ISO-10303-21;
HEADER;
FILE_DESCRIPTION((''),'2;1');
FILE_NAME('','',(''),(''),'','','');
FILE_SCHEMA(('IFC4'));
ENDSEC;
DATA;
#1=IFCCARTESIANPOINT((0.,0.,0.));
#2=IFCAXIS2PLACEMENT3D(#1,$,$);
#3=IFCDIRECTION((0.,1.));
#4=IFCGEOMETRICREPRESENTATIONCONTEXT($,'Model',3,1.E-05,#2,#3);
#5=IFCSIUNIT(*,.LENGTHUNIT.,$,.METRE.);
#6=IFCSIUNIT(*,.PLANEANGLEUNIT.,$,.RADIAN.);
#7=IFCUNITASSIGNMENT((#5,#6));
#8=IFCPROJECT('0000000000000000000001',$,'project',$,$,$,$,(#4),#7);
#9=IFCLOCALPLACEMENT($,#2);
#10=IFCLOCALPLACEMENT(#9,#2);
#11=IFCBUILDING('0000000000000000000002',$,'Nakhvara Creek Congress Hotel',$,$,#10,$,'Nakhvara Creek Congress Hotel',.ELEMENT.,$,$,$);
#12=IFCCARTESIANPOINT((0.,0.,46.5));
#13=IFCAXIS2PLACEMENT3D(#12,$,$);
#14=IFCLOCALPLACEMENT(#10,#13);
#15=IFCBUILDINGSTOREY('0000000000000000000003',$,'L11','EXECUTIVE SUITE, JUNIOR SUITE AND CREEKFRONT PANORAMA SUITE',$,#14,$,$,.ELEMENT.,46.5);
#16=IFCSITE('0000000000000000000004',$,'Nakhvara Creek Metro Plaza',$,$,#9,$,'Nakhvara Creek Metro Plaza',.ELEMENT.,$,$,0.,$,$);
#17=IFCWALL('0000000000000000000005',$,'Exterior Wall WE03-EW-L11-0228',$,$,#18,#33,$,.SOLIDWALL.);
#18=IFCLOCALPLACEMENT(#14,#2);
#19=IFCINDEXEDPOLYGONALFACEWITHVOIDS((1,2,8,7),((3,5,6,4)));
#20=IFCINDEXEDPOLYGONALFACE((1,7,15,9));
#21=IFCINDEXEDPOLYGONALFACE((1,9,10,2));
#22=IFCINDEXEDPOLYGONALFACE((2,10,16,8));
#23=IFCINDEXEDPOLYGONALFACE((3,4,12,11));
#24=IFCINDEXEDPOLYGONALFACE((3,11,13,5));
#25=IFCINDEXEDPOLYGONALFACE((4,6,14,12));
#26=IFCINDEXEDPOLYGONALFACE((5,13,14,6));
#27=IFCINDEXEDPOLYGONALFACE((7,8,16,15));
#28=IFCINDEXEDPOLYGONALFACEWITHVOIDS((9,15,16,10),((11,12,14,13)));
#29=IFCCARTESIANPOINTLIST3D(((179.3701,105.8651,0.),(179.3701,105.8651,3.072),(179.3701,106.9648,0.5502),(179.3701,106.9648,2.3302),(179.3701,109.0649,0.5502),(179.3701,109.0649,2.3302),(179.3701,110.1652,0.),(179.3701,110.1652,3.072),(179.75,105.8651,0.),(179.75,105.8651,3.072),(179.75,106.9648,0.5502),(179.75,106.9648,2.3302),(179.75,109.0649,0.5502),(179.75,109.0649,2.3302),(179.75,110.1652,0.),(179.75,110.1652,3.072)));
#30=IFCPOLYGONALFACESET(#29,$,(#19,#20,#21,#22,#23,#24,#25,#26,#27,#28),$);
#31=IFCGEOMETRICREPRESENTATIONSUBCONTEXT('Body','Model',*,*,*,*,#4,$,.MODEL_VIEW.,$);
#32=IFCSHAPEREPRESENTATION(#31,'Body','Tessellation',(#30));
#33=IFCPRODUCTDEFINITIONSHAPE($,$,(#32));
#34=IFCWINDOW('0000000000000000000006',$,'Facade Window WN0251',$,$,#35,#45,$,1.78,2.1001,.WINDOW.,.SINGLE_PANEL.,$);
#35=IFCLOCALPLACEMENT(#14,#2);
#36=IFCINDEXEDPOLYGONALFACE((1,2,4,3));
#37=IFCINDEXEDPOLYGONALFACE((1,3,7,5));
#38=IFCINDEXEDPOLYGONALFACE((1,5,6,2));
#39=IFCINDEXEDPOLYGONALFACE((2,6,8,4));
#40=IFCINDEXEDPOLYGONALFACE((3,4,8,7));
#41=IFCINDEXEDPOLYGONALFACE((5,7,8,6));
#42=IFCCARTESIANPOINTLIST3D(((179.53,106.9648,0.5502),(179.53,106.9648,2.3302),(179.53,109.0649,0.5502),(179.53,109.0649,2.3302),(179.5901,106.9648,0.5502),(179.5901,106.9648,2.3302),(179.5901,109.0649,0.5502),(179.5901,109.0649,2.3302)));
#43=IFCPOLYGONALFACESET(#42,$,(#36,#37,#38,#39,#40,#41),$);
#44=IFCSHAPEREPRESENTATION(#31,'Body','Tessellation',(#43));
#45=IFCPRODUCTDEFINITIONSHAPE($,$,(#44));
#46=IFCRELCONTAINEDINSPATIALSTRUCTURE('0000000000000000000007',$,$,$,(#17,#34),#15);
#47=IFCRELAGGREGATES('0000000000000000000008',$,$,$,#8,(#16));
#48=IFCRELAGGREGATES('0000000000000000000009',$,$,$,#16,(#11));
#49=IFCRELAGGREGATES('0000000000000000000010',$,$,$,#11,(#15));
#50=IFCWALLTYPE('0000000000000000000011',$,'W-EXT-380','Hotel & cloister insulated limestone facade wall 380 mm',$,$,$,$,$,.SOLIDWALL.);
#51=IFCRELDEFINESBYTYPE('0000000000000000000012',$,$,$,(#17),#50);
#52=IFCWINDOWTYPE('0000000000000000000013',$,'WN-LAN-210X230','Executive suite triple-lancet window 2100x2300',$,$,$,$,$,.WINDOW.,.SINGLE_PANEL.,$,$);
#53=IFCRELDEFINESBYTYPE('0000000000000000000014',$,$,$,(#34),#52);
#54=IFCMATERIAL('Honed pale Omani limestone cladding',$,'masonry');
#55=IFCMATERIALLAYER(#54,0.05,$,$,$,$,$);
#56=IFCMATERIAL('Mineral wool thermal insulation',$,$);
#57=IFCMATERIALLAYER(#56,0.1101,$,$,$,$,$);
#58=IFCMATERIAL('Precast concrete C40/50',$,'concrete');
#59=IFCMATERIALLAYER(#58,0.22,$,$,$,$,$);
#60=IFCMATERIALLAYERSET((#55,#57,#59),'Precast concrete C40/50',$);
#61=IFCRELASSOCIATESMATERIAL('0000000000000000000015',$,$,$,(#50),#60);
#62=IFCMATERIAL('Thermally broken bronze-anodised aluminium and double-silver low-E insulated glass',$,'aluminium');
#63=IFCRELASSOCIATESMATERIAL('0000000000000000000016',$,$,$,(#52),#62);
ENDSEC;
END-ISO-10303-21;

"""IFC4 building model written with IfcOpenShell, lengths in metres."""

from ifc_helpers import new_model, si_unit, direction, frame, frame_2d, origin, place, context, subcontext, project, spatial, rectangle, extrude, material, layer, layer_set, type_object, element, fill, save


model = new_model("IFC4")

# Units and contexts
model_context = context("Model", 3, precision=1e-05, world=origin(), true_north=direction((0.0, 1.0)))
body_context = subcontext(model_context, "Body", "Model", "MODEL_VIEW")
ifc_project = project(units=[si_unit("LENGTHUNIT", "METRE"), si_unit("PLANEANGLEUNIT", "RADIAN")], contexts=[model_context])

# Site, building, storey
site_placement = place(None, origin())
site = spatial("IfcSite", under=ifc_project, at=site_placement, Name="Nakhvara Creek Metro Plaza", LongName="Nakhvara Creek Metro Plaza", CompositionType="ELEMENT", RefElevation=0.0)
building_placement = place(site_placement, origin())
building = spatial("IfcBuilding", under=site, at=building_placement, Name="Nakhvara Creek Congress Hotel", LongName="Nakhvara Creek Congress Hotel", CompositionType="ELEMENT")
storey_placement = place(building_placement, frame((0.0, 0.0, 46.5)))
storey = spatial("IfcBuildingStorey", under=building, at=storey_placement, Name="L11", Description="EXECUTIVE SUITE, JUNIOR SUITE AND CREEKFRONT PANORAMA SUITE", CompositionType="ELEMENT", Elevation=46.5)

# Wall, opening, window
ifc_material_1 = material(Name="Honed pale Omani limestone cladding", Category="masonry")
ifc_layer_1 = layer(ifc_material_1, 0.05)
ifc_material_2 = material(Name="Mineral wool thermal insulation")
ifc_layer_2 = layer(ifc_material_2, 0.1101)
ifc_material_3 = material(Name="Precast concrete C40/50", Category="concrete")
ifc_layer_3 = layer(ifc_material_3, 0.22)
ifc_layer_set_1 = layer_set([ifc_layer_1, ifc_layer_2, ifc_layer_3], Name="Precast concrete C40/50")
wall_type_1 = type_object("IfcWallType", Name="W-EXT-380", Description="Hotel & cloister insulated limestone facade wall 380 mm", PredefinedType="SOLIDWALL", material=ifc_layer_set_1)
wall_1_placement = place(storey_placement, frame((179.5601, 110.165, 0.0), z_axis=(0.0, 0.0, 1.0), x_axis=(0.0, -1.0, 0.0)))
wall_1 = element("IfcWall", 1, at=wall_1_placement, inside=storey, type_object=wall_type_1, Name="Exterior Wall WE03-EW-L11-0228", PredefinedType="SOLIDWALL", context=body_context, shape_type="SweptSolid", body=[
    extrude(rectangle(XDim=4.3, YDim=0.3799, at=frame_2d((2.1499, 0.0))), origin(), (0.0, 0.0, 1.0), 3.072),
])
opening_1_placement = place(wall_1_placement, frame((1.1001, 0.0, 0.55)))
opening_1 = element("IfcOpeningElement", 2, at=opening_1_placement, cuts=wall_1, PredefinedType="OPENING", context=body_context, shape_type="SweptSolid", body=[
    extrude(rectangle(XDim=2.1001, YDim=1.78, at=frame_2d((1.05, 0.8901))), frame((0.0, 0.2019, 0.0), z_axis=(0.0, -1.0, 0.0), x_axis=(1.0, 0.0, 0.0)), (0.0, 0.0, 1.0), 0.4038),
])
ifc_material_4 = material(Name="Thermally broken bronze-anodised aluminium and double-silver low-E insulated glass", Category="aluminium")
window_type = type_object("IfcWindowType", Name="WN-LAN-210X230", Description="Executive suite triple-lancet window 2100x2300", PartitioningType="SINGLE_PANEL", PredefinedType="WINDOW", material=ifc_material_4)
window_placement = place(opening_1_placement, origin())
window = element("IfcWindow", 3, at=window_placement, inside=storey, type_object=window_type, Name="Facade Window WN0251", OverallHeight=1.78, OverallWidth=2.1001, PartitioningType="SINGLE_PANEL", PredefinedType="WINDOW", context=body_context, shape_type="SweptSolid", body=[
    extrude(rectangle(XDim=2.1001, YDim=1.78, at=frame_2d((1.05, 0.8901))), frame((0.0, 0.03, 0.0), z_axis=(0.0, -1.0, 0.0), x_axis=(1.0, 0.0, 0.0)), (0.0, 0.0, 1.0), 0.0601),
])
fill(opening_1, window)

save(model, "model.ifc")
